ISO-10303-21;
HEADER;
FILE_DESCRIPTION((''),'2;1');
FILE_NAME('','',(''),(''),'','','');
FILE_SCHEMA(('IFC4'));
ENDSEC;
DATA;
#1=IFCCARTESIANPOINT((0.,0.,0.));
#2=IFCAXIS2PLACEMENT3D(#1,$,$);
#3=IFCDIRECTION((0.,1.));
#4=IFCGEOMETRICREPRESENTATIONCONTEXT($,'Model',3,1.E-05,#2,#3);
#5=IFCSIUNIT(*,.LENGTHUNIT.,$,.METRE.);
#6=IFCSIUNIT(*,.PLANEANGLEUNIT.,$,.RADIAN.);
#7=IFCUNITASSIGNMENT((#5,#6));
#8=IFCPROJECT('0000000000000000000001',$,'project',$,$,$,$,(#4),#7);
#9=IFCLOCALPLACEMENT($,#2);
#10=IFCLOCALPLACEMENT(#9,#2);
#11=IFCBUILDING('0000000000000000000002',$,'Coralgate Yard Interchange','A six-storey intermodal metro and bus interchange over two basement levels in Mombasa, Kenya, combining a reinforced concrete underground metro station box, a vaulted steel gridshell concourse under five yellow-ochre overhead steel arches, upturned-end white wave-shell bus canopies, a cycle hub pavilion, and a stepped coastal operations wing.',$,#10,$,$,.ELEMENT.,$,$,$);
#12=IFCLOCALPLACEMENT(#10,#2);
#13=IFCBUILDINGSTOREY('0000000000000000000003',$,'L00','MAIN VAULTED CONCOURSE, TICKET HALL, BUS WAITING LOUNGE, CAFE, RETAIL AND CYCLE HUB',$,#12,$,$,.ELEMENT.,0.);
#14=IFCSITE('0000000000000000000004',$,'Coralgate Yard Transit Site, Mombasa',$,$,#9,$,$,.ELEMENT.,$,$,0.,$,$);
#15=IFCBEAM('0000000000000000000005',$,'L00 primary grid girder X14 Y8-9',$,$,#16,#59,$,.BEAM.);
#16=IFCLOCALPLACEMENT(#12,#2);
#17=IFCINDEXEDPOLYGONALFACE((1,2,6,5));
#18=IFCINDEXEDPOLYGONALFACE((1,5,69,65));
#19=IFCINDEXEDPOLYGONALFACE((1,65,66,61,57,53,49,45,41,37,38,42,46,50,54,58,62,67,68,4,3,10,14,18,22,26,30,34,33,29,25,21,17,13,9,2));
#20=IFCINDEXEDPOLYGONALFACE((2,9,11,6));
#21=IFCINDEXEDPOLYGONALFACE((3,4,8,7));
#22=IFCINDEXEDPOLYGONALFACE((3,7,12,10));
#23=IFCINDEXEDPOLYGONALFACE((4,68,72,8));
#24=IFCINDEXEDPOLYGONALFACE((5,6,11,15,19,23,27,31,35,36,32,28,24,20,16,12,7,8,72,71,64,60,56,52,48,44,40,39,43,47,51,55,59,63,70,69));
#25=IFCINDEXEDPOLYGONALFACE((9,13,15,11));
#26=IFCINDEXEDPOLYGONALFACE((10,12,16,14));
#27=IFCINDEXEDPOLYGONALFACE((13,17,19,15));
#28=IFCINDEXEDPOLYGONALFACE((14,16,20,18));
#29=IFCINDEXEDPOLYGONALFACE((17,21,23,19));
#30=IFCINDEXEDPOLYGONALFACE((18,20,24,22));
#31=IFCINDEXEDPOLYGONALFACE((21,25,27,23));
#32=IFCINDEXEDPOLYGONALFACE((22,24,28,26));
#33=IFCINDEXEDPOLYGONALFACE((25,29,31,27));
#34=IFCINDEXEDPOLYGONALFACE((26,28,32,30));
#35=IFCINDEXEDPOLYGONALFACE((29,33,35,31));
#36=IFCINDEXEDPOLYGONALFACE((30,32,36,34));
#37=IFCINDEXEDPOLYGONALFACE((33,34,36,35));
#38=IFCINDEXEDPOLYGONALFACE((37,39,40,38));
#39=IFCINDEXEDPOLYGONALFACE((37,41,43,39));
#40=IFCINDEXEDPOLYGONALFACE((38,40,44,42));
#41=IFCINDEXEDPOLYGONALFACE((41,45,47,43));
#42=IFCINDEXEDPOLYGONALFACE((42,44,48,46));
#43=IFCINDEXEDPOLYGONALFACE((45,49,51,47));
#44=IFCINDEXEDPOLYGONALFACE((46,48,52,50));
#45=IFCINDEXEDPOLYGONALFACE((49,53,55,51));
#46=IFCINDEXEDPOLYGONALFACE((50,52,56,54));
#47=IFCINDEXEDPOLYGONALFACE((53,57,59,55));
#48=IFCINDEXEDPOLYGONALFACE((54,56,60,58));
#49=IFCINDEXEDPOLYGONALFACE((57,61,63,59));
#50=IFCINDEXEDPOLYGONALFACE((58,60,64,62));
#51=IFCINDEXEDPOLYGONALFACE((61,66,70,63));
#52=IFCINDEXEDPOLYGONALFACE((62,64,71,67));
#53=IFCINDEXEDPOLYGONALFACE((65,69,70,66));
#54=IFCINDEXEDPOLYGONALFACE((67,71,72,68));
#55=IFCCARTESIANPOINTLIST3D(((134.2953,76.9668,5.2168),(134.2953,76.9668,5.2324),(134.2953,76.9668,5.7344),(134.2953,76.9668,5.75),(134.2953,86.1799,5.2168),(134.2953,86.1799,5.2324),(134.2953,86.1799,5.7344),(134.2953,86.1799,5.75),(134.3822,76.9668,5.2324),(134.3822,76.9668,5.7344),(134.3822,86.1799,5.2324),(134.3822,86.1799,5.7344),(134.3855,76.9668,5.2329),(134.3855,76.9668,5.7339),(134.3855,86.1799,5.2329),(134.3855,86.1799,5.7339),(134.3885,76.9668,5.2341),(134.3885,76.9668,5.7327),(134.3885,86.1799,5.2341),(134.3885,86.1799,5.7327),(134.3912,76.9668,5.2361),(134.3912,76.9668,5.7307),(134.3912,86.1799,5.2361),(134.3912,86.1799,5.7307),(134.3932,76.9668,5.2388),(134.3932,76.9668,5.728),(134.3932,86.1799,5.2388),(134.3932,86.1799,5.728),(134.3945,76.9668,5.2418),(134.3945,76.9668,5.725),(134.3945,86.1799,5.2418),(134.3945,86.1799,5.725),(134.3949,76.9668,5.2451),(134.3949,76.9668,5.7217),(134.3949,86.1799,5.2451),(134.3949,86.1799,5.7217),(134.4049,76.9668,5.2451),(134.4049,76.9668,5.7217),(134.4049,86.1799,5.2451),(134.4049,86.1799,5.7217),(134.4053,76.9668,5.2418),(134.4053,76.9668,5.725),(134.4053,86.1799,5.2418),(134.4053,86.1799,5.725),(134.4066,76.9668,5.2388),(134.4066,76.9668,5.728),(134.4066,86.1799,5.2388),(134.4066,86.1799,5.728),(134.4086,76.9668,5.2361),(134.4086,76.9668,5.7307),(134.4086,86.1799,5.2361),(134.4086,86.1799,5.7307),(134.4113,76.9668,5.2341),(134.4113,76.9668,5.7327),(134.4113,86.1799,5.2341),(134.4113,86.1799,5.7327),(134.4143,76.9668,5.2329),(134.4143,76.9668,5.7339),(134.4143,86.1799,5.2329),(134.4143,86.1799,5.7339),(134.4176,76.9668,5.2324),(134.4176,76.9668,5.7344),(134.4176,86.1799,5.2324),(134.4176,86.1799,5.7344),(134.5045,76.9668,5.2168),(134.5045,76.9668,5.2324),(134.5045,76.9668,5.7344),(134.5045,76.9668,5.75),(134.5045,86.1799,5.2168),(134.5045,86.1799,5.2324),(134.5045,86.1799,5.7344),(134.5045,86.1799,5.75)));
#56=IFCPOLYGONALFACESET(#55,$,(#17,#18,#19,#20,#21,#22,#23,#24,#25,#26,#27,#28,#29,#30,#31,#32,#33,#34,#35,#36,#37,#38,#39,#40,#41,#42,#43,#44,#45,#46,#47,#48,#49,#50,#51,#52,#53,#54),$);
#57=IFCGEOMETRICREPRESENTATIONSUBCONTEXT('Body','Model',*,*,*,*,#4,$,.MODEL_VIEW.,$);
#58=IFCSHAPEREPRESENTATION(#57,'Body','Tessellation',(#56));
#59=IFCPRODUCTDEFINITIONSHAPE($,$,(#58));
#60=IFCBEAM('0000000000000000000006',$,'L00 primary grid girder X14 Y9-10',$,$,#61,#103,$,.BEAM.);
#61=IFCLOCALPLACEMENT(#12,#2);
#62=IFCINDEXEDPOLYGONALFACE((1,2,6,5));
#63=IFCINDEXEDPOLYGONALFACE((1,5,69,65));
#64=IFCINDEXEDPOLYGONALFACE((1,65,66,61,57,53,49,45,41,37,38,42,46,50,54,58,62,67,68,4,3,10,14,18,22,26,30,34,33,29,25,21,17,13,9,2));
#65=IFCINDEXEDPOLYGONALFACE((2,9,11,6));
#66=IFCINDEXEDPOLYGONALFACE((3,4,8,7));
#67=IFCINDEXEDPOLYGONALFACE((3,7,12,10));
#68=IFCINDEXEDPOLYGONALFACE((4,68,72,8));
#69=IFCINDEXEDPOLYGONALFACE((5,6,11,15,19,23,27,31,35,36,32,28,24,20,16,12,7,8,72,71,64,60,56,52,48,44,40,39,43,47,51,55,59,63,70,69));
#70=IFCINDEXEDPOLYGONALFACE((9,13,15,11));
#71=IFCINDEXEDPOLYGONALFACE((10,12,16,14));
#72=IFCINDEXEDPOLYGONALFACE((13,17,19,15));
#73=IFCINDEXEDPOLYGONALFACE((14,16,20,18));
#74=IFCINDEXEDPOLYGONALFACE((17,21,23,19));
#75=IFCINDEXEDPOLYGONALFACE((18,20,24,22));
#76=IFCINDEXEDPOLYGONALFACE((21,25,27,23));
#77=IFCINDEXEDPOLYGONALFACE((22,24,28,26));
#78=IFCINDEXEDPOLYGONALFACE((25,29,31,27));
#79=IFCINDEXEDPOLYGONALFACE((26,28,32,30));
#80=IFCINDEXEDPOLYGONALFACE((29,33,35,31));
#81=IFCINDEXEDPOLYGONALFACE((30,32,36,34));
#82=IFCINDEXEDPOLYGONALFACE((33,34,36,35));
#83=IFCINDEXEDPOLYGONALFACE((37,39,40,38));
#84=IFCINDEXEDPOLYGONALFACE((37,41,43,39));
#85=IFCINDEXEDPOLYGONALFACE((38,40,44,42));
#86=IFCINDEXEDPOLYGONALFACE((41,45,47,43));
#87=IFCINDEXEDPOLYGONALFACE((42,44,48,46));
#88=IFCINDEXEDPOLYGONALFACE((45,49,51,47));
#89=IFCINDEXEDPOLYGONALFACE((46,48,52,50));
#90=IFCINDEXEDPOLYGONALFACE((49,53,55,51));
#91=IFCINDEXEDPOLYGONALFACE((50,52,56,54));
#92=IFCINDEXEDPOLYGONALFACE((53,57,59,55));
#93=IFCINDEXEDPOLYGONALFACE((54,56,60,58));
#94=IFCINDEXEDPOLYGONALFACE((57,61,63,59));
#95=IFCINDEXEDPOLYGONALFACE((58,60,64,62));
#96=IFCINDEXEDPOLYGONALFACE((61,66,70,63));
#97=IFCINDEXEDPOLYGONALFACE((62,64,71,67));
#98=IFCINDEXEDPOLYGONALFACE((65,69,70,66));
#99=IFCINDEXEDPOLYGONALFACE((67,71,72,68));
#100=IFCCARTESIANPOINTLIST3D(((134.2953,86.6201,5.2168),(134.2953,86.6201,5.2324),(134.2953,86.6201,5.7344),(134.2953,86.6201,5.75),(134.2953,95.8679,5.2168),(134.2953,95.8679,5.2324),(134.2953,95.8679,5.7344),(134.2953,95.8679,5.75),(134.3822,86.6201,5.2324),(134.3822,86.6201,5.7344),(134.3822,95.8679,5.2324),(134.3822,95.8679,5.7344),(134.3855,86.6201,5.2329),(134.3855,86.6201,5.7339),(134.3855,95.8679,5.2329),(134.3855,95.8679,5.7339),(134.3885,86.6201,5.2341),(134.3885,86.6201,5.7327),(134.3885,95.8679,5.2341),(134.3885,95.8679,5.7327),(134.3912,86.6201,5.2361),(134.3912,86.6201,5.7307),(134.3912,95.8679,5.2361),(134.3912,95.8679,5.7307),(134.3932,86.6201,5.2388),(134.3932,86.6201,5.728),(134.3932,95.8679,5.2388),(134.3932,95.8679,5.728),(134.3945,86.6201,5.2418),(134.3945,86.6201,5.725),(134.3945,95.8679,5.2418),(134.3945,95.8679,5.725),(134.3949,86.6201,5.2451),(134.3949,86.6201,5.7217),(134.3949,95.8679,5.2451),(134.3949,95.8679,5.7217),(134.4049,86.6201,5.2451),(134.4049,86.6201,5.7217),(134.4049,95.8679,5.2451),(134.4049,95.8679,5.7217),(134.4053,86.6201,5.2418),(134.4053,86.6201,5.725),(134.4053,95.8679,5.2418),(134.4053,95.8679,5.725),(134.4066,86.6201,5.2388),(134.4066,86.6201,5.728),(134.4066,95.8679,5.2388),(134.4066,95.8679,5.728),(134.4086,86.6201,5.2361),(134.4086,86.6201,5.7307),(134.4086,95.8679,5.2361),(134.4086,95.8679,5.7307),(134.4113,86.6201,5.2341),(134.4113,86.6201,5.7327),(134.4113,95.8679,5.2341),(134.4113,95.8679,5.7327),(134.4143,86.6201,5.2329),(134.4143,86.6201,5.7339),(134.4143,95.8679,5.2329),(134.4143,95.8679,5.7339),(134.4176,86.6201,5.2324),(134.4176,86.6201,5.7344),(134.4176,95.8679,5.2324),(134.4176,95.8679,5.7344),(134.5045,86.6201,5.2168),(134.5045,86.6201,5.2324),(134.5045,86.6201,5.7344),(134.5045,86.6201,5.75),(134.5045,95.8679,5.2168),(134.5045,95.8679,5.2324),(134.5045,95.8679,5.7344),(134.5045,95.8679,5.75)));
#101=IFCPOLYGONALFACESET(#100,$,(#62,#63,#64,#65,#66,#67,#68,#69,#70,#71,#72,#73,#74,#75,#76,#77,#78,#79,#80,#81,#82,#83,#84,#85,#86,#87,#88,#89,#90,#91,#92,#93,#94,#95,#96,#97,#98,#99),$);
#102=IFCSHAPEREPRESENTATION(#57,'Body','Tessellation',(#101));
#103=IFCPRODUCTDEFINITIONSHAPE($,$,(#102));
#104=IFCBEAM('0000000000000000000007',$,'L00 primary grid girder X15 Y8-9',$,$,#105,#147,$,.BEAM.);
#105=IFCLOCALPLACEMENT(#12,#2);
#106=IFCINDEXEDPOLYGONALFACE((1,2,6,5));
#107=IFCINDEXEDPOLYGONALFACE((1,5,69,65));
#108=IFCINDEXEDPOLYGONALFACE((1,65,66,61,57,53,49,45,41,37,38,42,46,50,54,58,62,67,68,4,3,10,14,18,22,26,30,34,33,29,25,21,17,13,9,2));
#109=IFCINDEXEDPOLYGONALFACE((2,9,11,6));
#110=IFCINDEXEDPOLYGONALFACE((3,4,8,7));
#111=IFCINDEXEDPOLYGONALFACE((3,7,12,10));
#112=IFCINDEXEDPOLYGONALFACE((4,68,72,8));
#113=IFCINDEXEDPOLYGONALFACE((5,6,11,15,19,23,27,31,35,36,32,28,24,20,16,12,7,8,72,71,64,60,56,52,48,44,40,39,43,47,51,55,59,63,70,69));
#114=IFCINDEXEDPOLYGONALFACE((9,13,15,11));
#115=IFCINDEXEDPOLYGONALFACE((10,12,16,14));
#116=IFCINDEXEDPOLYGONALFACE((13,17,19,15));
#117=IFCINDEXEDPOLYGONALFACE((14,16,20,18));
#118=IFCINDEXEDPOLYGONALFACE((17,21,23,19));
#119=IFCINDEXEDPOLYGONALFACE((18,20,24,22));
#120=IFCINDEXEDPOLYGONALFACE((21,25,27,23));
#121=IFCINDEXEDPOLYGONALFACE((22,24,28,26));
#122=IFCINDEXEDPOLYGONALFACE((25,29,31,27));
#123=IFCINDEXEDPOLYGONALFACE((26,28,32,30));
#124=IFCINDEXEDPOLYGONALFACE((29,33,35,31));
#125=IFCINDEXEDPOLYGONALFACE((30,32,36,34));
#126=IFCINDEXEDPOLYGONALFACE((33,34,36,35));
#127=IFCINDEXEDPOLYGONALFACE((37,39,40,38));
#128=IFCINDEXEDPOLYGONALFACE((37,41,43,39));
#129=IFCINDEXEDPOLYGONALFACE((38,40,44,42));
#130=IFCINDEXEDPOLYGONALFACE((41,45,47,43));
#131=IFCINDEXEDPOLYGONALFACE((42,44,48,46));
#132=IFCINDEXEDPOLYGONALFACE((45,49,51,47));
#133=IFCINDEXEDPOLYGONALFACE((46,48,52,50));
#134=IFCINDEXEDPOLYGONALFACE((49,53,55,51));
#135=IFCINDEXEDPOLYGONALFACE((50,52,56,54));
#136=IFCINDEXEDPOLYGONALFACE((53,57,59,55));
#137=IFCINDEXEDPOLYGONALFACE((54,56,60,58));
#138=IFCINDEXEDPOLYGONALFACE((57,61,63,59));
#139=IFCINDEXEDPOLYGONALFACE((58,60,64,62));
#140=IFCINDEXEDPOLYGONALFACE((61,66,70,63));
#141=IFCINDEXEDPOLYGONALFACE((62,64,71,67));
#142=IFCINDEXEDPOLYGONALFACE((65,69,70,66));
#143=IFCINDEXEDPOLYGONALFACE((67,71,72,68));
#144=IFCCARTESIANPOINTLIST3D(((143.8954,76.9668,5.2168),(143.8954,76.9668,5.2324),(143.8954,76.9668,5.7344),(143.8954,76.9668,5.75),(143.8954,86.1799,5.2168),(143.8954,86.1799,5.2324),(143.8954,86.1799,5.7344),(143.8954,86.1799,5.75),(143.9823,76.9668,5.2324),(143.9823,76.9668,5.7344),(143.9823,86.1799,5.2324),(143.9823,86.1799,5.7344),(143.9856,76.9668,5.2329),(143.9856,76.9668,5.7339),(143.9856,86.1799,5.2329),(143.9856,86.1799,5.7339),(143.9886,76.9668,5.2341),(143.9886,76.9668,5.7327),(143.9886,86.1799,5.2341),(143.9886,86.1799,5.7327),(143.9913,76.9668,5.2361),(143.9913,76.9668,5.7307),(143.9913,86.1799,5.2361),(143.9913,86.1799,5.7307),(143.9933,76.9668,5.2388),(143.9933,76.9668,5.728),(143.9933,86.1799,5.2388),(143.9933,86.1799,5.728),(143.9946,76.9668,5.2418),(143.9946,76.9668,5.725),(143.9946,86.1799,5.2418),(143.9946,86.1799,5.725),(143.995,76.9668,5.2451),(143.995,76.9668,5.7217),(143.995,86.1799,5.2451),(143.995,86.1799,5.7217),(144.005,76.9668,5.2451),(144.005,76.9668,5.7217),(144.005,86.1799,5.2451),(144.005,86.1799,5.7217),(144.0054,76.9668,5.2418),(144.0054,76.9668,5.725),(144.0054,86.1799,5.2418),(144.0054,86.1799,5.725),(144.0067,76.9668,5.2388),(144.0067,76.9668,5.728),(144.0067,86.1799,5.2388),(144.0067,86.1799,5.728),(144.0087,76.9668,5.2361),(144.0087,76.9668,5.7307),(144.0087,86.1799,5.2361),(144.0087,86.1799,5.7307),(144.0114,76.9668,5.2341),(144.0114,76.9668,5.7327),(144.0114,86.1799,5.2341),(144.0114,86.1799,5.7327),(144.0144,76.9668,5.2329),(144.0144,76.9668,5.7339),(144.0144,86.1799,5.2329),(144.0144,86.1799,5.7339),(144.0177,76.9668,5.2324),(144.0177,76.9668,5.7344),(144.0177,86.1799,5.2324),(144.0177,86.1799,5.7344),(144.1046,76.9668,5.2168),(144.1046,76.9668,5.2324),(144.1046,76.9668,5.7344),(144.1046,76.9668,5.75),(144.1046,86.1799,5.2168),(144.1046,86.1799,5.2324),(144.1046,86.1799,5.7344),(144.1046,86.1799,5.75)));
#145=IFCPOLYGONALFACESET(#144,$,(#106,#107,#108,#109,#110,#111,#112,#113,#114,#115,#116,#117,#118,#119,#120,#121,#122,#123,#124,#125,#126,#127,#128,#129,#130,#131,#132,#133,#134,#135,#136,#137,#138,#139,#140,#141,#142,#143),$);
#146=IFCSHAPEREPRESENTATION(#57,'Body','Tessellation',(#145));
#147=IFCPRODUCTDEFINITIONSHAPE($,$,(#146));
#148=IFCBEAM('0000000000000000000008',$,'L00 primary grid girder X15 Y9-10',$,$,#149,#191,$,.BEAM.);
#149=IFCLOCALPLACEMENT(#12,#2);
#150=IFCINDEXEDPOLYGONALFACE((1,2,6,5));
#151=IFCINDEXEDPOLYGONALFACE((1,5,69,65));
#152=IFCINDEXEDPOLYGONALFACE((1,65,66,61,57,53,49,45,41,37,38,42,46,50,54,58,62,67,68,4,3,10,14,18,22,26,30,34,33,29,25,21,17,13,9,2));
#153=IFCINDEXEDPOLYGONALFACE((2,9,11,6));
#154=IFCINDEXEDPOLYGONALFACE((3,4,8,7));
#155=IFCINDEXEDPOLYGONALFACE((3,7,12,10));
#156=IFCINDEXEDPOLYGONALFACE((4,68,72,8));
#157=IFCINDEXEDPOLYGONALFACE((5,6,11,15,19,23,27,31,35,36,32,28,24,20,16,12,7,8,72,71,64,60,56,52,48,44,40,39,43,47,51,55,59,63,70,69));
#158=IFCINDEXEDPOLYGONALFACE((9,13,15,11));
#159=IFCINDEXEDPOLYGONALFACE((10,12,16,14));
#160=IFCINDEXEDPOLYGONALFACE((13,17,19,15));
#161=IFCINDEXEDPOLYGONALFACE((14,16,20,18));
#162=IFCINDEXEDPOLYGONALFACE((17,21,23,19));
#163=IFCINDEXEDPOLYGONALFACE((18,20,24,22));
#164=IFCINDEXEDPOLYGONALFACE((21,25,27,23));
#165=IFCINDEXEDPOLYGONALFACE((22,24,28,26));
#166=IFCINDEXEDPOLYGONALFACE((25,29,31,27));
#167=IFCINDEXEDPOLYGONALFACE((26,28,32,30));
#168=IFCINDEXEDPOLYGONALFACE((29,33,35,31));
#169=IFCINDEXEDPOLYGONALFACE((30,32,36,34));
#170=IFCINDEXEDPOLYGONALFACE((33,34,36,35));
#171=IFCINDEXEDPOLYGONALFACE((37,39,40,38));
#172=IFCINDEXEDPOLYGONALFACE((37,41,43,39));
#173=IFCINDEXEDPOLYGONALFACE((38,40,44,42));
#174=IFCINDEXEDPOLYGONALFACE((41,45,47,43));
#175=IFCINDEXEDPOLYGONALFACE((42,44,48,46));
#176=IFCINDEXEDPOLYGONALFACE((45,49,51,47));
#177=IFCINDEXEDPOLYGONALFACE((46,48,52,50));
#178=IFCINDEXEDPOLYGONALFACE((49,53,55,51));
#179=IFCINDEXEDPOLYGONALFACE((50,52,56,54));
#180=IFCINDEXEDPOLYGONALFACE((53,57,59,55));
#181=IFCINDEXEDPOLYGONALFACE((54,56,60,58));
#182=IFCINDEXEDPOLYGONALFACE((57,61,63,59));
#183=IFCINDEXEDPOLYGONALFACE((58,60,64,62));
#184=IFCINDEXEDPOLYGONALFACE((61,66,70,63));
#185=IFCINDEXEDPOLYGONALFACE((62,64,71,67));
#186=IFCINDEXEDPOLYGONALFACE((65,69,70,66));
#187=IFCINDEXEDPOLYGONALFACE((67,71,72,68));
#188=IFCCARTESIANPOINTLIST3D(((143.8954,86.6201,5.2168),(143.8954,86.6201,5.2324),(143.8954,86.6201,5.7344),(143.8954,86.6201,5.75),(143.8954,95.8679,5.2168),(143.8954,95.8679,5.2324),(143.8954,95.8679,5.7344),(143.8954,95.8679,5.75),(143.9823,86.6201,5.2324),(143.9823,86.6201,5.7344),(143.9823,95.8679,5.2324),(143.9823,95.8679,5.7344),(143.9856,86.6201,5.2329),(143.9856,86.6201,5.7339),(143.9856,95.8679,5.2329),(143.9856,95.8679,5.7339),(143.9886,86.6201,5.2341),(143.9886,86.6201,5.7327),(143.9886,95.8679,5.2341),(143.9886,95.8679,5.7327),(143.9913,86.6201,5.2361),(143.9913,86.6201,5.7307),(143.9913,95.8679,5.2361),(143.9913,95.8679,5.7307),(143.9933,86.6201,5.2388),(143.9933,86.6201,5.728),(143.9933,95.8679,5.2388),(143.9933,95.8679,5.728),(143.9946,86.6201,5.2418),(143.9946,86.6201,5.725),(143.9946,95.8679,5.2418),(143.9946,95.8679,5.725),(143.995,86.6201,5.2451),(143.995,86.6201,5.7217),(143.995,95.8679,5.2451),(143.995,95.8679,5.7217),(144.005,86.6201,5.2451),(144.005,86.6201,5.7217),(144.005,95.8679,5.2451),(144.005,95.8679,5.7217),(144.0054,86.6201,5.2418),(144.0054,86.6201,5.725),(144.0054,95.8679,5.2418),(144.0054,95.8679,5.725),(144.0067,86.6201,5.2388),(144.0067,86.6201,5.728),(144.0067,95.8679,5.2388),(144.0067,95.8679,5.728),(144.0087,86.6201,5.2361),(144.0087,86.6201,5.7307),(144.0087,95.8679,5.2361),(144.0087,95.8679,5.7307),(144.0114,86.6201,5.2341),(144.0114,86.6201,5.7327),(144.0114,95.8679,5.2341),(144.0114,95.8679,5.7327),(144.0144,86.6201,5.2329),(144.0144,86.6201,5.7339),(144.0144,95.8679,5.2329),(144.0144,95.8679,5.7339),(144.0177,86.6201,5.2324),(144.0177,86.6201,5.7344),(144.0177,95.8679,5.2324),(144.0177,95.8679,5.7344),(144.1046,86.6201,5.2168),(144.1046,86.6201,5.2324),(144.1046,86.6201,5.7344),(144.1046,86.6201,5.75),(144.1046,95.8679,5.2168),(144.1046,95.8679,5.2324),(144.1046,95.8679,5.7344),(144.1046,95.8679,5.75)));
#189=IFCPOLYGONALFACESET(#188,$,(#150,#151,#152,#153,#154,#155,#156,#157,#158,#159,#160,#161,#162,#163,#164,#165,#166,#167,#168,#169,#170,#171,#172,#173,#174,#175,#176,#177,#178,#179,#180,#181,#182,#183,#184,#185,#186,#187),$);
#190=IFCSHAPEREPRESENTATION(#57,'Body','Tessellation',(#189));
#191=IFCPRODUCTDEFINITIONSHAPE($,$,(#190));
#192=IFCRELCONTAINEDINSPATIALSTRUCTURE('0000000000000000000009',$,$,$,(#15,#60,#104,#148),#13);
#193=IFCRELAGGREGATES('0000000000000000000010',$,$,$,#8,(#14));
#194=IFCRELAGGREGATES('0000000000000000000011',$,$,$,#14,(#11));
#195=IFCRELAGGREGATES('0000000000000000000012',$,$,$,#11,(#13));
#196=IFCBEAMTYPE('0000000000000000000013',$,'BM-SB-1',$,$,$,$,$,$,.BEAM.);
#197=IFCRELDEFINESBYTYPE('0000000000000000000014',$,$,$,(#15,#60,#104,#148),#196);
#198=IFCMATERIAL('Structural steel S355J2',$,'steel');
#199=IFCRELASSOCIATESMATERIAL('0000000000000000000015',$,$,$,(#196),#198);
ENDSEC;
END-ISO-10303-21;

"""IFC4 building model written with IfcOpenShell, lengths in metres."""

from ifc_helpers import new_model, si_unit, direction, frame, origin, origin_2d, place, context, subcontext, project, spatial, i_section, extrude, material, material_profile, profile_set, type_object, element, save


model = new_model("IFC4")

# Units and contexts
model_context = context("Model", 3, precision=1e-05, world=origin(), true_north=direction((0.0, 1.0)))
body_context = subcontext(model_context, "Body", "Model", "MODEL_VIEW")
ifc_project = project(units=[si_unit("LENGTHUNIT", "METRE"), si_unit("PLANEANGLEUNIT", "RADIAN")], contexts=[model_context])

# Site, building, storey
site_placement = place(None, origin())
site = spatial("IfcSite", under=ifc_project, at=site_placement, Name="Coralgate Yard Transit Site, Mombasa", CompositionType="ELEMENT", RefElevation=0.0)
building_placement = place(site_placement, origin())
building = spatial("IfcBuilding", under=site, at=building_placement, Name="Coralgate Yard Interchange", Description="A six-storey intermodal metro and bus interchange over two basement levels in Mombasa, Kenya, combining a reinforced concrete underground metro station box, a vaulted steel gridshell concourse under five yellow-ochre overhead steel arches, upturned-end white wave-shell bus canopies, a cycle hub pavilion, and a stepped coastal operations wing.", CompositionType="ELEMENT")
storey_placement = place(building_placement, origin())
storey = spatial("IfcBuildingStorey", under=building, at=storey_placement, Name="L00", Description="MAIN VAULTED CONCOURSE, TICKET HALL, BUS WAITING LOUNGE, CAFE, RETAIL AND CYCLE HUB", CompositionType="ELEMENT", Elevation=0.0)

# Shared definitions
ifc_material_1 = material(Name="Structural steel S355J2", Category="steel")

# Beams
ifc_material_profile_1 = material_profile(ifc_material_1, i_section(OverallWidth=0.2092, OverallDepth=0.5332, WebThickness=0.01, FlangeThickness=0.0156, FilletRadius=0.0127, at=origin_2d()), Name="UB 533x210x92")
ifc_profile_set_1 = profile_set([ifc_material_profile_1], Name="Structural steel S355J2")
beam_type_1 = type_object("IfcBeamType", Name="BM-SB-1", PredefinedType="BEAM", material=ifc_profile_set_1)
beam_1_placement = place(storey_placement, frame((134.3999, 76.9668, 5.4834), z_axis=(0.0, 1.0, 0.0), x_axis=(-1.0, 0.0, 0.0)))
element("IfcBeam", 1, at=beam_1_placement, inside=storey, type_object=beam_type_1, Name="L00 primary grid girder X14 Y8-9", PredefinedType="BEAM", context=body_context, shape_type="SweptSolid", body=[
    extrude(i_section(OverallWidth=0.2092, OverallDepth=0.5332, WebThickness=0.01, FlangeThickness=0.0156, FilletRadius=0.0127, at=origin_2d()), origin(), (0.0, 0.0, 1.0), 9.2131),
])
beam_2_placement = place(storey_placement, frame((134.3999, 86.6201, 5.4834), z_axis=(0.0, 1.0, 0.0), x_axis=(-1.0, 0.0, 0.0)))
element("IfcBeam", 2, at=beam_2_placement, inside=storey, type_object=beam_type_1, Name="L00 primary grid girder X14 Y9-10", PredefinedType="BEAM", context=body_context, shape_type="SweptSolid", body=[
    extrude(i_section(OverallWidth=0.2092, OverallDepth=0.5332, WebThickness=0.01, FlangeThickness=0.0156, FilletRadius=0.0127, at=origin_2d()), origin(), (0.0, 0.0, 1.0), 9.2478),
])
beam_3_placement = place(storey_placement, frame((144.0, 76.9668, 5.4834), z_axis=(0.0, 1.0, 0.0), x_axis=(-1.0, 0.0, 0.0)))
element("IfcBeam", 3, at=beam_3_placement, inside=storey, type_object=beam_type_1, Name="L00 primary grid girder X15 Y8-9", PredefinedType="BEAM", context=body_context, shape_type="SweptSolid", body=[
    extrude(i_section(OverallWidth=0.2092, OverallDepth=0.5332, WebThickness=0.01, FlangeThickness=0.0156, FilletRadius=0.0127, at=origin_2d()), origin(), (0.0, 0.0, 1.0), 9.2131),
])
beam_4_placement = place(storey_placement, frame((144.0, 86.6201, 5.4834), z_axis=(0.0, 1.0, 0.0), x_axis=(-1.0, 0.0, 0.0)))
element("IfcBeam", 4, at=beam_4_placement, inside=storey, type_object=beam_type_1, Name="L00 primary grid girder X15 Y9-10", PredefinedType="BEAM", context=body_context, shape_type="SweptSolid", body=[
    extrude(i_section(OverallWidth=0.2092, OverallDepth=0.5332, WebThickness=0.01, FlangeThickness=0.0156, FilletRadius=0.0127, at=origin_2d()), origin(), (0.0, 0.0, 1.0), 9.2478),
])

save(model, "model.ifc")
